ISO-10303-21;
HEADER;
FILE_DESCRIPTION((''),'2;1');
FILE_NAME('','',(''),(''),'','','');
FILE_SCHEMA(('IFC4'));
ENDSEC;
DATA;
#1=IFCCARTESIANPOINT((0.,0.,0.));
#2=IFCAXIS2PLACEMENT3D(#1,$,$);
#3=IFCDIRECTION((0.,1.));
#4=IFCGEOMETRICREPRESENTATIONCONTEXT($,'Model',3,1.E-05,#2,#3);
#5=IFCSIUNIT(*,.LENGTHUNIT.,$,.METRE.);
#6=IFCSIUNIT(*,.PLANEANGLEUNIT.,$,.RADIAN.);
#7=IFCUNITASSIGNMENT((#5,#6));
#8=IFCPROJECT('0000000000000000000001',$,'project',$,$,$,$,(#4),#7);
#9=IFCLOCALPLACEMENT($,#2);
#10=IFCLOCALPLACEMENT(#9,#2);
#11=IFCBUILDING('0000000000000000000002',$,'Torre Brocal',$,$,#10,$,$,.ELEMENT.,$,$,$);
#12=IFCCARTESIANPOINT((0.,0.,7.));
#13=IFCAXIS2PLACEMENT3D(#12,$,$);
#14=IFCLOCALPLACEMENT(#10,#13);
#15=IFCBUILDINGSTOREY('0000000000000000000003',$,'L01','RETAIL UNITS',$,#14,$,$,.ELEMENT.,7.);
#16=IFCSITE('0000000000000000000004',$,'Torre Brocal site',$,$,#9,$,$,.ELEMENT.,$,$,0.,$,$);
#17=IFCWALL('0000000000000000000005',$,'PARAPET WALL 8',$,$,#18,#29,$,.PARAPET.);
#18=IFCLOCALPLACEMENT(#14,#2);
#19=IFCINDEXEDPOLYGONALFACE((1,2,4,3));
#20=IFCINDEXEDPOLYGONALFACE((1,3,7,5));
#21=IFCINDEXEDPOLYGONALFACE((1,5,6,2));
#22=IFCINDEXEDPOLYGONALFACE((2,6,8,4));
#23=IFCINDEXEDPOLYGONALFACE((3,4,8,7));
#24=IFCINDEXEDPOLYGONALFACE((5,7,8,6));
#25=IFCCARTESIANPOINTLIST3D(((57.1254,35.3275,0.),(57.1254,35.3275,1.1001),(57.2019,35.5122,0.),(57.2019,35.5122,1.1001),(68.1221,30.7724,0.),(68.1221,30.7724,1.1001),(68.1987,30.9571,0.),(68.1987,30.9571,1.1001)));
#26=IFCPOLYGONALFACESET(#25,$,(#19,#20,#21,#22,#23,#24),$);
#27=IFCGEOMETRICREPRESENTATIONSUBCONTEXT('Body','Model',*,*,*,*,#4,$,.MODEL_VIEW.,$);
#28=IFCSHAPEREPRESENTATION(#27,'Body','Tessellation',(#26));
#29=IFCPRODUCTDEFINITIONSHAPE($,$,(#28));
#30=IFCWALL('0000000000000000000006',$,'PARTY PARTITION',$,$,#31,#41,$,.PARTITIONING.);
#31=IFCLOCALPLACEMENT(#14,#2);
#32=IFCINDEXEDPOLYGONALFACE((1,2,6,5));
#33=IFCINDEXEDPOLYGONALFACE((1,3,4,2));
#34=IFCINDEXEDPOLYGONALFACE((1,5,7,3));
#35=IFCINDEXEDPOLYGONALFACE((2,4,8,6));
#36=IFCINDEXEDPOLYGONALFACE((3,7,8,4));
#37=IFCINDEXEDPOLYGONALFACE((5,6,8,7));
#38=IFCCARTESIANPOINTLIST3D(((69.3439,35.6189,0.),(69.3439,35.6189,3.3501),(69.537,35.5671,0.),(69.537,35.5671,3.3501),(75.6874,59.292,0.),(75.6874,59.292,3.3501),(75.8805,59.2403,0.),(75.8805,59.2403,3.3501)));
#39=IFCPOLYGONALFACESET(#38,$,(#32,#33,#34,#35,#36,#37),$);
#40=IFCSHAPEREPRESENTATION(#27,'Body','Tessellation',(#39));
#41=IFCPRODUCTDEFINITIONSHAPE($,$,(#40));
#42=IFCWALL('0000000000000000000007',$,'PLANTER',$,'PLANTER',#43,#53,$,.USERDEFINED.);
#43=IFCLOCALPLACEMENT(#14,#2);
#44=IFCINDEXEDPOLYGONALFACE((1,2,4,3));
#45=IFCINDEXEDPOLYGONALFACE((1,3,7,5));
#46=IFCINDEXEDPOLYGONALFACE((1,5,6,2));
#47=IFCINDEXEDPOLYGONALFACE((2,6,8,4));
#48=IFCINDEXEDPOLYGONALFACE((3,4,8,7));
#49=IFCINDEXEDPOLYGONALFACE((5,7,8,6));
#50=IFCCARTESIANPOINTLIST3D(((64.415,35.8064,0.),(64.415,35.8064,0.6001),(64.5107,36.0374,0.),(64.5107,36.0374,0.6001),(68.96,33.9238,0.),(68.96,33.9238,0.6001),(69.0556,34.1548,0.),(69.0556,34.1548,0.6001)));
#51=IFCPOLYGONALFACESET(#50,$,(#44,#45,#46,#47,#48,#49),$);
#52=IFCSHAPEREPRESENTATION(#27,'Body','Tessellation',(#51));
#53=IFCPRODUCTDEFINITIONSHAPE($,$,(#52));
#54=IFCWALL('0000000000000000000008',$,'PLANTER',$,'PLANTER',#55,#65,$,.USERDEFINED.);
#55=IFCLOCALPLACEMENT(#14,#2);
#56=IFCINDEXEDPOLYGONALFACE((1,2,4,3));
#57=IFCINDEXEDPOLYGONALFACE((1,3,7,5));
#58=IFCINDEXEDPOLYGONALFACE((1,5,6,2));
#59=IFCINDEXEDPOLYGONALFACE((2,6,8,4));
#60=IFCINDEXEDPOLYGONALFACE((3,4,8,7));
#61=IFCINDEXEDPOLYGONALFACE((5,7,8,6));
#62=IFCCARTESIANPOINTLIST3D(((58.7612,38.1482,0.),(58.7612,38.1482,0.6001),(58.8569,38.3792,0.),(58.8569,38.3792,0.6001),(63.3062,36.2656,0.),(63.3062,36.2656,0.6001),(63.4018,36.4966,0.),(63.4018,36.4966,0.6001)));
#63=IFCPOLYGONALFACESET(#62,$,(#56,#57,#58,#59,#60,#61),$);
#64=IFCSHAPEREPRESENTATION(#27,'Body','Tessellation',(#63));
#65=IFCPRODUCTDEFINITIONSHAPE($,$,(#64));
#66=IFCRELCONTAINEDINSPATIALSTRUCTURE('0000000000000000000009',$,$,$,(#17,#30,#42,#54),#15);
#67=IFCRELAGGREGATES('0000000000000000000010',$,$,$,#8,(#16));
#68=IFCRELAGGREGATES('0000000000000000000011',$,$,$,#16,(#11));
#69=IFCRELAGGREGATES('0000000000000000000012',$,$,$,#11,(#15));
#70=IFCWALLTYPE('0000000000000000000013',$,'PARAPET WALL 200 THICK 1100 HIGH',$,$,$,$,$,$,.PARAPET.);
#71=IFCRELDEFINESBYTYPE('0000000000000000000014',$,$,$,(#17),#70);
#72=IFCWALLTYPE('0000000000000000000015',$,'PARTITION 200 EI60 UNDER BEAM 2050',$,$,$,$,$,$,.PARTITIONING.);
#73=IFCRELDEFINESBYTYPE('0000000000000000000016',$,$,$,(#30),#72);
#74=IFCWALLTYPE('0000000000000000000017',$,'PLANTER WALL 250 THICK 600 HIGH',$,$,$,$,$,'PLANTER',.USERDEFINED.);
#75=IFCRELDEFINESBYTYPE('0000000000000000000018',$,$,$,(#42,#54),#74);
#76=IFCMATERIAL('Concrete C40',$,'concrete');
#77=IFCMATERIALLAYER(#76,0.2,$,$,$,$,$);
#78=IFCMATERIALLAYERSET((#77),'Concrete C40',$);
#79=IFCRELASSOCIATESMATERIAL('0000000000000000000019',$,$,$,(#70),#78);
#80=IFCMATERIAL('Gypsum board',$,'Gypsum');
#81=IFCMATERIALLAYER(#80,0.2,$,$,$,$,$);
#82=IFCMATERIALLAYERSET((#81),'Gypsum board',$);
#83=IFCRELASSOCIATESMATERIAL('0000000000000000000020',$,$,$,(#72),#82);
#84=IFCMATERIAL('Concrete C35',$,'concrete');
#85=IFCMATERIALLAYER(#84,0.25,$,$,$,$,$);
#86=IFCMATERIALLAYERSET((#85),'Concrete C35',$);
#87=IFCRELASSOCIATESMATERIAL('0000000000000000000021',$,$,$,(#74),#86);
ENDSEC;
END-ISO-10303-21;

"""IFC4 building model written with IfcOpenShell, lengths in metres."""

from ifc_helpers import new_model, si_unit, direction, frame, frame_2d, origin, place, context, subcontext, project, spatial, rectangle, extrude, material, layer, layer_set, type_object, element, save


model = new_model("IFC4")

# Units and contexts
model_context = context("Model", 3, precision=1e-05, world=origin(), true_north=direction((0.0, 1.0)))
body_context = subcontext(model_context, "Body", "Model", "MODEL_VIEW")
ifc_project = project(units=[si_unit("LENGTHUNIT", "METRE"), si_unit("PLANEANGLEUNIT", "RADIAN")], contexts=[model_context])

# Site, building, storey
site_placement = place(None, origin())
site = spatial("IfcSite", under=ifc_project, at=site_placement, Name="Torre Brocal site", CompositionType="ELEMENT", RefElevation=0.0)
building_placement = place(site_placement, origin())
building = spatial("IfcBuilding", under=site, at=building_placement, Name="Torre Brocal", CompositionType="ELEMENT")
storey_placement = place(building_placement, frame((0.0, 0.0, 7.0)))
storey = spatial("IfcBuildingStorey", under=building, at=storey_placement, Name="L01", Description="RETAIL UNITS", CompositionType="ELEMENT", Elevation=7.0)

# Walls
ifc_material_1 = material(Name="Concrete C40", Category="concrete")
ifc_layer_1 = layer(ifc_material_1, 0.2)
ifc_layer_set_1 = layer_set([ifc_layer_1], Name="Concrete C40")
wall_type_1 = type_object("IfcWallType", Name="PARAPET WALL 200 THICK 1100 HIGH", PredefinedType="PARAPET", material=ifc_layer_set_1)
wall_1_placement = place(storey_placement, frame((68.1604, 30.8647, 0.0), z_axis=(0.0, 0.0, 1.0), x_axis=(-0.923875, 0.382694, 0.0)))
element("IfcWall", 1, at=wall_1_placement, inside=storey, type_object=wall_type_1, Name="PARAPET WALL 8", PredefinedType="PARAPET", context=body_context, shape_type="SweptSolid", body=[
    extrude(rectangle(XDim=11.9028, YDim=0.2, at=frame_2d((5.9514, 0.0))), origin(), (0.0, 0.0, 1.0), 1.1001),
])
ifc_material_2 = material(Name="Gypsum board", Category="Gypsum")
ifc_layer_2 = layer(ifc_material_2, 0.2)
ifc_layer_set_2 = layer_set([ifc_layer_2], Name="Gypsum board")
wall_type_2 = type_object("IfcWallType", Name="PARTITION 200 EI60 UNDER BEAM 2050", PredefinedType="PARTITIONING", material=ifc_layer_set_2)
wall_2_placement = place(storey_placement, frame((69.4404, 35.593, 0.0), z_axis=(0.0, 0.0, 1.0), x_axis=(0.258831, 0.965923, 0.0)))
element("IfcWall", 2, at=wall_2_placement, inside=storey, type_object=wall_type_2, Name="PARTY PARTITION", PredefinedType="PARTITIONING", context=body_context, shape_type="SweptSolid", body=[
    extrude(rectangle(XDim=24.5083, YDim=0.2, at=frame_2d((12.2542, 0.0))), origin(), (0.0, 0.0, 1.0), 3.3501),
])
ifc_material_3 = material(Name="Concrete C35", Category="concrete")
ifc_layer_3 = layer(ifc_material_3, 0.25)
ifc_layer_set_3 = layer_set([ifc_layer_3], Name="Concrete C35")
wall_type_3 = type_object("IfcWallType", Name="PLANTER WALL 250 THICK 600 HIGH", ElementType="PLANTER", PredefinedType="USERDEFINED", material=ifc_layer_set_3)
for number, where, z_axis, x_axis, name in (
    (3, (69.0078, 34.0393, 0.0), (0.0, 0.0, 1.0), (-0.92388, 0.382683, 0.0), "PLANTER"),
    (4, (63.354, 36.3811, 0.0), (0.0, 0.0, 1.0), (-0.92388, 0.382683, 0.0), "PLANTER"),
):
    element("IfcWall", number, at=place(storey_placement, frame(where, z_axis=z_axis, x_axis=x_axis)), inside=storey, type_object=wall_type_3, Name=name, ObjectType="PLANTER", PredefinedType="USERDEFINED", context=body_context, shape_type="SweptSolid", body=[
        extrude(rectangle(XDim=4.9194, YDim=0.25, at=frame_2d((2.4597, 0.0))), origin(), (0.0, 0.0, 1.0), 0.6001),
    ])

save(model, "model.ifc")
